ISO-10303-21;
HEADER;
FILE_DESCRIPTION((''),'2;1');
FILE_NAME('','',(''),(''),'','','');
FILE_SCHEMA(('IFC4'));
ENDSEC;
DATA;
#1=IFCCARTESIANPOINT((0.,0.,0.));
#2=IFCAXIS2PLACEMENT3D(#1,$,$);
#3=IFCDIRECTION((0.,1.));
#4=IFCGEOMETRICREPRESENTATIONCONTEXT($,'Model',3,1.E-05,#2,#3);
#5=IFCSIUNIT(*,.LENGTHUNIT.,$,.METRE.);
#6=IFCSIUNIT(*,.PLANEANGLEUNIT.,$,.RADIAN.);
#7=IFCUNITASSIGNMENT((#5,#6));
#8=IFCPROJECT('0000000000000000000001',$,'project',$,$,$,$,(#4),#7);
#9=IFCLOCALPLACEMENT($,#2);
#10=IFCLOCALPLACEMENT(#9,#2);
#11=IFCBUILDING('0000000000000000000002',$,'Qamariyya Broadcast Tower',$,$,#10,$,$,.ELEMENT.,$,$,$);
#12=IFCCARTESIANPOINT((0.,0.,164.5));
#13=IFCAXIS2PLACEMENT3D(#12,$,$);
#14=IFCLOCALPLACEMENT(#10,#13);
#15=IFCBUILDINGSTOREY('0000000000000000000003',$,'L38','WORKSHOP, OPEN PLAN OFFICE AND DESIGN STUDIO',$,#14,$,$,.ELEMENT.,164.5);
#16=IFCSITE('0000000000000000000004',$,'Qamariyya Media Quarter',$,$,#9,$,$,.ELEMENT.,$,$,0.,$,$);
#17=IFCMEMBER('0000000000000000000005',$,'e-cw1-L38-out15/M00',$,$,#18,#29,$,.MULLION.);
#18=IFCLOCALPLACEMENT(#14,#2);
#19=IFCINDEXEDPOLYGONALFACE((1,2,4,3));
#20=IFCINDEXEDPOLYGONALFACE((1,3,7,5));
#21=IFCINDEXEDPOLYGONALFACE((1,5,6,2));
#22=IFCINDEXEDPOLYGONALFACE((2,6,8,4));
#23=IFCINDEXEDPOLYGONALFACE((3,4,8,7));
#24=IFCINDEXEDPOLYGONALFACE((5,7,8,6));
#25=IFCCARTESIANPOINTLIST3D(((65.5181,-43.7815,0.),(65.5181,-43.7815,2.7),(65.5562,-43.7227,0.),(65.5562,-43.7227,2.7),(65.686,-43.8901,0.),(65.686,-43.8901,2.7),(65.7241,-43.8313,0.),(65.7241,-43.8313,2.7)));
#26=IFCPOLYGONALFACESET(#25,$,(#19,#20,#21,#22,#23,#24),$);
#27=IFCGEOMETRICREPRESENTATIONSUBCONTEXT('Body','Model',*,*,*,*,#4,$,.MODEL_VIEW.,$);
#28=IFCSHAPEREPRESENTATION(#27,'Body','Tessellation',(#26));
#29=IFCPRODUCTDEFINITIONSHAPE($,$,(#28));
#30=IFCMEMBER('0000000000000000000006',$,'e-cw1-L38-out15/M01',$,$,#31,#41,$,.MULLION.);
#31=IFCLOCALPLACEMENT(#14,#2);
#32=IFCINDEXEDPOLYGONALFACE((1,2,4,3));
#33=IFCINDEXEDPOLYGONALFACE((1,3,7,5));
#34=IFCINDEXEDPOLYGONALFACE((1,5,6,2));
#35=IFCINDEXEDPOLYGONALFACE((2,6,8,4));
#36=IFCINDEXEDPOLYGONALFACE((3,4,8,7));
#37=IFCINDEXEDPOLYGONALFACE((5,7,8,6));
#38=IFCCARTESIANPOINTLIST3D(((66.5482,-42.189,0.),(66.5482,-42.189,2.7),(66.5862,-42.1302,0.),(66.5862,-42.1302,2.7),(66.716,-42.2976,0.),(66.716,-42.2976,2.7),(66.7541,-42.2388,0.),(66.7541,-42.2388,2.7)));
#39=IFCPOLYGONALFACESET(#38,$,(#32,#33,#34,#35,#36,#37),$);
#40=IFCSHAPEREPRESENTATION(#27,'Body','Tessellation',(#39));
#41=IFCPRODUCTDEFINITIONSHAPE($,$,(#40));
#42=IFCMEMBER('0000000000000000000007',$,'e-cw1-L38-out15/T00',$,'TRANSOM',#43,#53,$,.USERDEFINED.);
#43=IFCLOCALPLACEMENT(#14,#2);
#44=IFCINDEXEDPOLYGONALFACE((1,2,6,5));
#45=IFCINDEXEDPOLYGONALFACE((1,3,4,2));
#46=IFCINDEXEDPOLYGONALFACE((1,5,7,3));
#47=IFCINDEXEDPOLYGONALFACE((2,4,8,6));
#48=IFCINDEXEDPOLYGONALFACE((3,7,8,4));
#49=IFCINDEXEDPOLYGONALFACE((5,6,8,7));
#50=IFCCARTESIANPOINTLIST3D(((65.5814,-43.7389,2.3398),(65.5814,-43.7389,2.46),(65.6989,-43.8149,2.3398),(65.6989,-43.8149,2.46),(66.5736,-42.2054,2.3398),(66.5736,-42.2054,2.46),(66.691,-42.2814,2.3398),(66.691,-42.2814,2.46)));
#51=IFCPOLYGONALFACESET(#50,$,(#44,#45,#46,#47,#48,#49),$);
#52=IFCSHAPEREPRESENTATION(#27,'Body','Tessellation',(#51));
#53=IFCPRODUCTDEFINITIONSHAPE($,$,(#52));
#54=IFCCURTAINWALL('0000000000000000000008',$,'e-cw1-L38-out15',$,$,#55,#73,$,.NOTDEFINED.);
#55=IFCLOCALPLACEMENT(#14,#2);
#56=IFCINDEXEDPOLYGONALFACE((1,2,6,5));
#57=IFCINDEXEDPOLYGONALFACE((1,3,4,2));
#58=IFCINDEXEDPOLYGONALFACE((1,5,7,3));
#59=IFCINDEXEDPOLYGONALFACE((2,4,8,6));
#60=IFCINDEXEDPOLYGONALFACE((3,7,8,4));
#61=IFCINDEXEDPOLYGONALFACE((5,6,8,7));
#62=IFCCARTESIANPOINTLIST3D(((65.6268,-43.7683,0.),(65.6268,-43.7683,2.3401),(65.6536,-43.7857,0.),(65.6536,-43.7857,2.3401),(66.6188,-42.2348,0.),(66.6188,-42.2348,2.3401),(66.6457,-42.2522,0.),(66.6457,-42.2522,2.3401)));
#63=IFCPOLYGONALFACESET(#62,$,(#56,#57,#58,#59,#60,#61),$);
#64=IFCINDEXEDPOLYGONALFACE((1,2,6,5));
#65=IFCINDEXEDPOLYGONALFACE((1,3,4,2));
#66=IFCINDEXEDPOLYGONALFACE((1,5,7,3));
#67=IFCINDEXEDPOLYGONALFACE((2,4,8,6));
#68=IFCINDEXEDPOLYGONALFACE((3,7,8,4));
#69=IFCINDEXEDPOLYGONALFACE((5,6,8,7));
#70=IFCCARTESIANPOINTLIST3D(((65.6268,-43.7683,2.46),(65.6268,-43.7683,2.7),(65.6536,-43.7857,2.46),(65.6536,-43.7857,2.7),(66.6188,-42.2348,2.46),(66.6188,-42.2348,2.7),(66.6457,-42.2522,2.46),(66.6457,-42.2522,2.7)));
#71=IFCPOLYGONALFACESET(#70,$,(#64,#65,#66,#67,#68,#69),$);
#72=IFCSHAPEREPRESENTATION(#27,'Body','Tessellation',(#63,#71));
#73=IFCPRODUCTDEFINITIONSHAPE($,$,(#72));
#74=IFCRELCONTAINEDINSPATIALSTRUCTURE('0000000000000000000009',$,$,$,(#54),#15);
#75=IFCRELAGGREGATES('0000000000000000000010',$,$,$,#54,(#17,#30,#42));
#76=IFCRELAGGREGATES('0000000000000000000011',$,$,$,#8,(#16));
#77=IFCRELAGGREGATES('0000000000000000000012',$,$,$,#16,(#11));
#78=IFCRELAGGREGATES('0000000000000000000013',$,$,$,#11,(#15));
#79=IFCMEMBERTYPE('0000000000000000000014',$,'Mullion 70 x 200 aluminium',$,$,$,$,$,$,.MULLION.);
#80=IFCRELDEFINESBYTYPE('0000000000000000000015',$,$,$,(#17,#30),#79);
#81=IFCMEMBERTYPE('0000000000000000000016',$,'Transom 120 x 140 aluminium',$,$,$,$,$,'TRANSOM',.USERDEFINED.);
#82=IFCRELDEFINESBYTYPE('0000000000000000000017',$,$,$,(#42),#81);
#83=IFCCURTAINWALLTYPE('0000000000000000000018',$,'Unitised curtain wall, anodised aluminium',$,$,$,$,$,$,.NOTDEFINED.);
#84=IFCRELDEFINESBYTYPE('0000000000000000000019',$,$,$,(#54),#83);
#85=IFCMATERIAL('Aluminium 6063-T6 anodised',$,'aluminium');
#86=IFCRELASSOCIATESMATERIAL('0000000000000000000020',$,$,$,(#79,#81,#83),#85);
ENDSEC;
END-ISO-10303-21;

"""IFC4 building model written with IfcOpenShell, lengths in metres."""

from ifc_helpers import new_model, si_unit, direction, frame, origin, origin_2d, place, context, subcontext, project, spatial, rectangle, extrude, material, material_profile, profile_set, type_object, element, aggregate, save


model = new_model("IFC4")

# Units and contexts
model_context = context("Model", 3, precision=1e-05, world=origin(), true_north=direction((0.0, 1.0)))
body_context = subcontext(model_context, "Body", "Model", "MODEL_VIEW")
ifc_project = project(units=[si_unit("LENGTHUNIT", "METRE"), si_unit("PLANEANGLEUNIT", "RADIAN")], contexts=[model_context])

# Members
ifc_material = material(Name="Aluminium 6063-T6 anodised", Category="aluminium")
ifc_material_profile_1 = material_profile(ifc_material, rectangle(XDim=0.2, YDim=0.0701, at=origin_2d()))
ifc_profile_set_1 = profile_set([ifc_material_profile_1], Name="Aluminium 6063-T6 anodised")
member_type_1 = type_object("IfcMemberType", Name="Mullion 70 x 200 aluminium", PredefinedType="MULLION", material=ifc_profile_set_1)
site_placement = place(None, origin())
building_placement = place(site_placement, origin())
storey_placement = place(building_placement, frame((0.0, 0.0, 164.5)))
member_1_placement = place(storey_placement, frame((65.6211, -43.8064, 0.0), z_axis=(0.0, 0.0, 1.0), x_axis=(-0.839646, 0.543134, 0.0)))
member_1 = element("IfcMember", 1, at=member_1_placement, type_object=member_type_1, Name="e-cw1-L38-out15/M00", PredefinedType="MULLION", context=body_context, shape_type="SweptSolid", body=[
    extrude(rectangle(XDim=0.2, YDim=0.0701, at=origin_2d()), origin(), (0.0, 0.0, 1.0), 2.7),
])
member_2_placement = place(storey_placement, frame((66.6511, -42.2139, 0.0), z_axis=(0.0, 0.0, 1.0), x_axis=(-0.839646, 0.543134, 0.0)))
member_2 = element("IfcMember", 2, at=member_2_placement, type_object=member_type_1, Name="e-cw1-L38-out15/M01", PredefinedType="MULLION", context=body_context, shape_type="SweptSolid", body=[
    extrude(rectangle(XDim=0.2, YDim=0.0701, at=origin_2d()), origin(), (0.0, 0.0, 1.0), 2.7),
])
ifc_material_profile_2 = material_profile(ifc_material, rectangle(XDim=0.1399, YDim=0.1201, at=origin_2d()))
ifc_profile_set_2 = profile_set([ifc_material_profile_2], Name="Aluminium 6063-T6 anodised")
member_type_2 = type_object("IfcMemberType", Name="Transom 120 x 140 aluminium", ElementType="TRANSOM", PredefinedType="USERDEFINED", material=ifc_profile_set_2)
member_3_placement = place(storey_placement, frame((65.6401, -43.7769, 2.3999), z_axis=(0.543235, 0.839581, 0.0), x_axis=(-0.839581, 0.543235, 0.0)))
member_3 = element("IfcMember", 3, at=member_3_placement, type_object=member_type_2, Name="e-cw1-L38-out15/T00", ObjectType="TRANSOM", PredefinedType="USERDEFINED", context=body_context, shape_type="SweptSolid", body=[
    extrude(rectangle(XDim=0.1399, YDim=0.1201, at=origin_2d()), origin(), (0.0, 0.0, 1.0), 1.8264),
])

# Site, building, storey
site = spatial("IfcSite", under=ifc_project, at=site_placement, Name="Qamariyya Media Quarter", CompositionType="ELEMENT", RefElevation=0.0)
building = spatial("IfcBuilding", under=site, at=building_placement, Name="Qamariyya Broadcast Tower", CompositionType="ELEMENT")
storey = spatial("IfcBuildingStorey", under=building, at=storey_placement, Name="L38", Description="WORKSHOP, OPEN PLAN OFFICE AND DESIGN STUDIO", CompositionType="ELEMENT", Elevation=164.5)

# Curtain wall
curtain_wall_type = type_object("IfcCurtainWallType", Name="Unitised curtain wall, anodised aluminium", PredefinedType="NOTDEFINED", material=ifc_material)
curtain_wall_1_placement = place(storey_placement, origin())
curtain_wall_1 = element("IfcCurtainWall", 4, at=curtain_wall_1_placement, inside=storey, type_object=curtain_wall_type, Name="e-cw1-L38-out15", PredefinedType="NOTDEFINED", context=body_context, shape_type="SweptSolid", body=[
    extrude(rectangle(XDim=1.8264, YDim=0.032, at=origin_2d()), frame((66.1362, -43.0103, 0.0), x_axis=(0.543159, 0.83963, 0.0)), (0.0, 0.0, 1.0), 2.3401),
    extrude(rectangle(XDim=1.8264, YDim=0.032, at=origin_2d()), frame((66.1362, -43.0103, 2.46), x_axis=(0.543159, 0.83963, 0.0)), (0.0, 0.0, 1.0), 0.24),
])
aggregate(curtain_wall_1, [member_1, member_2, member_3])

save(model, "model.ifc")
